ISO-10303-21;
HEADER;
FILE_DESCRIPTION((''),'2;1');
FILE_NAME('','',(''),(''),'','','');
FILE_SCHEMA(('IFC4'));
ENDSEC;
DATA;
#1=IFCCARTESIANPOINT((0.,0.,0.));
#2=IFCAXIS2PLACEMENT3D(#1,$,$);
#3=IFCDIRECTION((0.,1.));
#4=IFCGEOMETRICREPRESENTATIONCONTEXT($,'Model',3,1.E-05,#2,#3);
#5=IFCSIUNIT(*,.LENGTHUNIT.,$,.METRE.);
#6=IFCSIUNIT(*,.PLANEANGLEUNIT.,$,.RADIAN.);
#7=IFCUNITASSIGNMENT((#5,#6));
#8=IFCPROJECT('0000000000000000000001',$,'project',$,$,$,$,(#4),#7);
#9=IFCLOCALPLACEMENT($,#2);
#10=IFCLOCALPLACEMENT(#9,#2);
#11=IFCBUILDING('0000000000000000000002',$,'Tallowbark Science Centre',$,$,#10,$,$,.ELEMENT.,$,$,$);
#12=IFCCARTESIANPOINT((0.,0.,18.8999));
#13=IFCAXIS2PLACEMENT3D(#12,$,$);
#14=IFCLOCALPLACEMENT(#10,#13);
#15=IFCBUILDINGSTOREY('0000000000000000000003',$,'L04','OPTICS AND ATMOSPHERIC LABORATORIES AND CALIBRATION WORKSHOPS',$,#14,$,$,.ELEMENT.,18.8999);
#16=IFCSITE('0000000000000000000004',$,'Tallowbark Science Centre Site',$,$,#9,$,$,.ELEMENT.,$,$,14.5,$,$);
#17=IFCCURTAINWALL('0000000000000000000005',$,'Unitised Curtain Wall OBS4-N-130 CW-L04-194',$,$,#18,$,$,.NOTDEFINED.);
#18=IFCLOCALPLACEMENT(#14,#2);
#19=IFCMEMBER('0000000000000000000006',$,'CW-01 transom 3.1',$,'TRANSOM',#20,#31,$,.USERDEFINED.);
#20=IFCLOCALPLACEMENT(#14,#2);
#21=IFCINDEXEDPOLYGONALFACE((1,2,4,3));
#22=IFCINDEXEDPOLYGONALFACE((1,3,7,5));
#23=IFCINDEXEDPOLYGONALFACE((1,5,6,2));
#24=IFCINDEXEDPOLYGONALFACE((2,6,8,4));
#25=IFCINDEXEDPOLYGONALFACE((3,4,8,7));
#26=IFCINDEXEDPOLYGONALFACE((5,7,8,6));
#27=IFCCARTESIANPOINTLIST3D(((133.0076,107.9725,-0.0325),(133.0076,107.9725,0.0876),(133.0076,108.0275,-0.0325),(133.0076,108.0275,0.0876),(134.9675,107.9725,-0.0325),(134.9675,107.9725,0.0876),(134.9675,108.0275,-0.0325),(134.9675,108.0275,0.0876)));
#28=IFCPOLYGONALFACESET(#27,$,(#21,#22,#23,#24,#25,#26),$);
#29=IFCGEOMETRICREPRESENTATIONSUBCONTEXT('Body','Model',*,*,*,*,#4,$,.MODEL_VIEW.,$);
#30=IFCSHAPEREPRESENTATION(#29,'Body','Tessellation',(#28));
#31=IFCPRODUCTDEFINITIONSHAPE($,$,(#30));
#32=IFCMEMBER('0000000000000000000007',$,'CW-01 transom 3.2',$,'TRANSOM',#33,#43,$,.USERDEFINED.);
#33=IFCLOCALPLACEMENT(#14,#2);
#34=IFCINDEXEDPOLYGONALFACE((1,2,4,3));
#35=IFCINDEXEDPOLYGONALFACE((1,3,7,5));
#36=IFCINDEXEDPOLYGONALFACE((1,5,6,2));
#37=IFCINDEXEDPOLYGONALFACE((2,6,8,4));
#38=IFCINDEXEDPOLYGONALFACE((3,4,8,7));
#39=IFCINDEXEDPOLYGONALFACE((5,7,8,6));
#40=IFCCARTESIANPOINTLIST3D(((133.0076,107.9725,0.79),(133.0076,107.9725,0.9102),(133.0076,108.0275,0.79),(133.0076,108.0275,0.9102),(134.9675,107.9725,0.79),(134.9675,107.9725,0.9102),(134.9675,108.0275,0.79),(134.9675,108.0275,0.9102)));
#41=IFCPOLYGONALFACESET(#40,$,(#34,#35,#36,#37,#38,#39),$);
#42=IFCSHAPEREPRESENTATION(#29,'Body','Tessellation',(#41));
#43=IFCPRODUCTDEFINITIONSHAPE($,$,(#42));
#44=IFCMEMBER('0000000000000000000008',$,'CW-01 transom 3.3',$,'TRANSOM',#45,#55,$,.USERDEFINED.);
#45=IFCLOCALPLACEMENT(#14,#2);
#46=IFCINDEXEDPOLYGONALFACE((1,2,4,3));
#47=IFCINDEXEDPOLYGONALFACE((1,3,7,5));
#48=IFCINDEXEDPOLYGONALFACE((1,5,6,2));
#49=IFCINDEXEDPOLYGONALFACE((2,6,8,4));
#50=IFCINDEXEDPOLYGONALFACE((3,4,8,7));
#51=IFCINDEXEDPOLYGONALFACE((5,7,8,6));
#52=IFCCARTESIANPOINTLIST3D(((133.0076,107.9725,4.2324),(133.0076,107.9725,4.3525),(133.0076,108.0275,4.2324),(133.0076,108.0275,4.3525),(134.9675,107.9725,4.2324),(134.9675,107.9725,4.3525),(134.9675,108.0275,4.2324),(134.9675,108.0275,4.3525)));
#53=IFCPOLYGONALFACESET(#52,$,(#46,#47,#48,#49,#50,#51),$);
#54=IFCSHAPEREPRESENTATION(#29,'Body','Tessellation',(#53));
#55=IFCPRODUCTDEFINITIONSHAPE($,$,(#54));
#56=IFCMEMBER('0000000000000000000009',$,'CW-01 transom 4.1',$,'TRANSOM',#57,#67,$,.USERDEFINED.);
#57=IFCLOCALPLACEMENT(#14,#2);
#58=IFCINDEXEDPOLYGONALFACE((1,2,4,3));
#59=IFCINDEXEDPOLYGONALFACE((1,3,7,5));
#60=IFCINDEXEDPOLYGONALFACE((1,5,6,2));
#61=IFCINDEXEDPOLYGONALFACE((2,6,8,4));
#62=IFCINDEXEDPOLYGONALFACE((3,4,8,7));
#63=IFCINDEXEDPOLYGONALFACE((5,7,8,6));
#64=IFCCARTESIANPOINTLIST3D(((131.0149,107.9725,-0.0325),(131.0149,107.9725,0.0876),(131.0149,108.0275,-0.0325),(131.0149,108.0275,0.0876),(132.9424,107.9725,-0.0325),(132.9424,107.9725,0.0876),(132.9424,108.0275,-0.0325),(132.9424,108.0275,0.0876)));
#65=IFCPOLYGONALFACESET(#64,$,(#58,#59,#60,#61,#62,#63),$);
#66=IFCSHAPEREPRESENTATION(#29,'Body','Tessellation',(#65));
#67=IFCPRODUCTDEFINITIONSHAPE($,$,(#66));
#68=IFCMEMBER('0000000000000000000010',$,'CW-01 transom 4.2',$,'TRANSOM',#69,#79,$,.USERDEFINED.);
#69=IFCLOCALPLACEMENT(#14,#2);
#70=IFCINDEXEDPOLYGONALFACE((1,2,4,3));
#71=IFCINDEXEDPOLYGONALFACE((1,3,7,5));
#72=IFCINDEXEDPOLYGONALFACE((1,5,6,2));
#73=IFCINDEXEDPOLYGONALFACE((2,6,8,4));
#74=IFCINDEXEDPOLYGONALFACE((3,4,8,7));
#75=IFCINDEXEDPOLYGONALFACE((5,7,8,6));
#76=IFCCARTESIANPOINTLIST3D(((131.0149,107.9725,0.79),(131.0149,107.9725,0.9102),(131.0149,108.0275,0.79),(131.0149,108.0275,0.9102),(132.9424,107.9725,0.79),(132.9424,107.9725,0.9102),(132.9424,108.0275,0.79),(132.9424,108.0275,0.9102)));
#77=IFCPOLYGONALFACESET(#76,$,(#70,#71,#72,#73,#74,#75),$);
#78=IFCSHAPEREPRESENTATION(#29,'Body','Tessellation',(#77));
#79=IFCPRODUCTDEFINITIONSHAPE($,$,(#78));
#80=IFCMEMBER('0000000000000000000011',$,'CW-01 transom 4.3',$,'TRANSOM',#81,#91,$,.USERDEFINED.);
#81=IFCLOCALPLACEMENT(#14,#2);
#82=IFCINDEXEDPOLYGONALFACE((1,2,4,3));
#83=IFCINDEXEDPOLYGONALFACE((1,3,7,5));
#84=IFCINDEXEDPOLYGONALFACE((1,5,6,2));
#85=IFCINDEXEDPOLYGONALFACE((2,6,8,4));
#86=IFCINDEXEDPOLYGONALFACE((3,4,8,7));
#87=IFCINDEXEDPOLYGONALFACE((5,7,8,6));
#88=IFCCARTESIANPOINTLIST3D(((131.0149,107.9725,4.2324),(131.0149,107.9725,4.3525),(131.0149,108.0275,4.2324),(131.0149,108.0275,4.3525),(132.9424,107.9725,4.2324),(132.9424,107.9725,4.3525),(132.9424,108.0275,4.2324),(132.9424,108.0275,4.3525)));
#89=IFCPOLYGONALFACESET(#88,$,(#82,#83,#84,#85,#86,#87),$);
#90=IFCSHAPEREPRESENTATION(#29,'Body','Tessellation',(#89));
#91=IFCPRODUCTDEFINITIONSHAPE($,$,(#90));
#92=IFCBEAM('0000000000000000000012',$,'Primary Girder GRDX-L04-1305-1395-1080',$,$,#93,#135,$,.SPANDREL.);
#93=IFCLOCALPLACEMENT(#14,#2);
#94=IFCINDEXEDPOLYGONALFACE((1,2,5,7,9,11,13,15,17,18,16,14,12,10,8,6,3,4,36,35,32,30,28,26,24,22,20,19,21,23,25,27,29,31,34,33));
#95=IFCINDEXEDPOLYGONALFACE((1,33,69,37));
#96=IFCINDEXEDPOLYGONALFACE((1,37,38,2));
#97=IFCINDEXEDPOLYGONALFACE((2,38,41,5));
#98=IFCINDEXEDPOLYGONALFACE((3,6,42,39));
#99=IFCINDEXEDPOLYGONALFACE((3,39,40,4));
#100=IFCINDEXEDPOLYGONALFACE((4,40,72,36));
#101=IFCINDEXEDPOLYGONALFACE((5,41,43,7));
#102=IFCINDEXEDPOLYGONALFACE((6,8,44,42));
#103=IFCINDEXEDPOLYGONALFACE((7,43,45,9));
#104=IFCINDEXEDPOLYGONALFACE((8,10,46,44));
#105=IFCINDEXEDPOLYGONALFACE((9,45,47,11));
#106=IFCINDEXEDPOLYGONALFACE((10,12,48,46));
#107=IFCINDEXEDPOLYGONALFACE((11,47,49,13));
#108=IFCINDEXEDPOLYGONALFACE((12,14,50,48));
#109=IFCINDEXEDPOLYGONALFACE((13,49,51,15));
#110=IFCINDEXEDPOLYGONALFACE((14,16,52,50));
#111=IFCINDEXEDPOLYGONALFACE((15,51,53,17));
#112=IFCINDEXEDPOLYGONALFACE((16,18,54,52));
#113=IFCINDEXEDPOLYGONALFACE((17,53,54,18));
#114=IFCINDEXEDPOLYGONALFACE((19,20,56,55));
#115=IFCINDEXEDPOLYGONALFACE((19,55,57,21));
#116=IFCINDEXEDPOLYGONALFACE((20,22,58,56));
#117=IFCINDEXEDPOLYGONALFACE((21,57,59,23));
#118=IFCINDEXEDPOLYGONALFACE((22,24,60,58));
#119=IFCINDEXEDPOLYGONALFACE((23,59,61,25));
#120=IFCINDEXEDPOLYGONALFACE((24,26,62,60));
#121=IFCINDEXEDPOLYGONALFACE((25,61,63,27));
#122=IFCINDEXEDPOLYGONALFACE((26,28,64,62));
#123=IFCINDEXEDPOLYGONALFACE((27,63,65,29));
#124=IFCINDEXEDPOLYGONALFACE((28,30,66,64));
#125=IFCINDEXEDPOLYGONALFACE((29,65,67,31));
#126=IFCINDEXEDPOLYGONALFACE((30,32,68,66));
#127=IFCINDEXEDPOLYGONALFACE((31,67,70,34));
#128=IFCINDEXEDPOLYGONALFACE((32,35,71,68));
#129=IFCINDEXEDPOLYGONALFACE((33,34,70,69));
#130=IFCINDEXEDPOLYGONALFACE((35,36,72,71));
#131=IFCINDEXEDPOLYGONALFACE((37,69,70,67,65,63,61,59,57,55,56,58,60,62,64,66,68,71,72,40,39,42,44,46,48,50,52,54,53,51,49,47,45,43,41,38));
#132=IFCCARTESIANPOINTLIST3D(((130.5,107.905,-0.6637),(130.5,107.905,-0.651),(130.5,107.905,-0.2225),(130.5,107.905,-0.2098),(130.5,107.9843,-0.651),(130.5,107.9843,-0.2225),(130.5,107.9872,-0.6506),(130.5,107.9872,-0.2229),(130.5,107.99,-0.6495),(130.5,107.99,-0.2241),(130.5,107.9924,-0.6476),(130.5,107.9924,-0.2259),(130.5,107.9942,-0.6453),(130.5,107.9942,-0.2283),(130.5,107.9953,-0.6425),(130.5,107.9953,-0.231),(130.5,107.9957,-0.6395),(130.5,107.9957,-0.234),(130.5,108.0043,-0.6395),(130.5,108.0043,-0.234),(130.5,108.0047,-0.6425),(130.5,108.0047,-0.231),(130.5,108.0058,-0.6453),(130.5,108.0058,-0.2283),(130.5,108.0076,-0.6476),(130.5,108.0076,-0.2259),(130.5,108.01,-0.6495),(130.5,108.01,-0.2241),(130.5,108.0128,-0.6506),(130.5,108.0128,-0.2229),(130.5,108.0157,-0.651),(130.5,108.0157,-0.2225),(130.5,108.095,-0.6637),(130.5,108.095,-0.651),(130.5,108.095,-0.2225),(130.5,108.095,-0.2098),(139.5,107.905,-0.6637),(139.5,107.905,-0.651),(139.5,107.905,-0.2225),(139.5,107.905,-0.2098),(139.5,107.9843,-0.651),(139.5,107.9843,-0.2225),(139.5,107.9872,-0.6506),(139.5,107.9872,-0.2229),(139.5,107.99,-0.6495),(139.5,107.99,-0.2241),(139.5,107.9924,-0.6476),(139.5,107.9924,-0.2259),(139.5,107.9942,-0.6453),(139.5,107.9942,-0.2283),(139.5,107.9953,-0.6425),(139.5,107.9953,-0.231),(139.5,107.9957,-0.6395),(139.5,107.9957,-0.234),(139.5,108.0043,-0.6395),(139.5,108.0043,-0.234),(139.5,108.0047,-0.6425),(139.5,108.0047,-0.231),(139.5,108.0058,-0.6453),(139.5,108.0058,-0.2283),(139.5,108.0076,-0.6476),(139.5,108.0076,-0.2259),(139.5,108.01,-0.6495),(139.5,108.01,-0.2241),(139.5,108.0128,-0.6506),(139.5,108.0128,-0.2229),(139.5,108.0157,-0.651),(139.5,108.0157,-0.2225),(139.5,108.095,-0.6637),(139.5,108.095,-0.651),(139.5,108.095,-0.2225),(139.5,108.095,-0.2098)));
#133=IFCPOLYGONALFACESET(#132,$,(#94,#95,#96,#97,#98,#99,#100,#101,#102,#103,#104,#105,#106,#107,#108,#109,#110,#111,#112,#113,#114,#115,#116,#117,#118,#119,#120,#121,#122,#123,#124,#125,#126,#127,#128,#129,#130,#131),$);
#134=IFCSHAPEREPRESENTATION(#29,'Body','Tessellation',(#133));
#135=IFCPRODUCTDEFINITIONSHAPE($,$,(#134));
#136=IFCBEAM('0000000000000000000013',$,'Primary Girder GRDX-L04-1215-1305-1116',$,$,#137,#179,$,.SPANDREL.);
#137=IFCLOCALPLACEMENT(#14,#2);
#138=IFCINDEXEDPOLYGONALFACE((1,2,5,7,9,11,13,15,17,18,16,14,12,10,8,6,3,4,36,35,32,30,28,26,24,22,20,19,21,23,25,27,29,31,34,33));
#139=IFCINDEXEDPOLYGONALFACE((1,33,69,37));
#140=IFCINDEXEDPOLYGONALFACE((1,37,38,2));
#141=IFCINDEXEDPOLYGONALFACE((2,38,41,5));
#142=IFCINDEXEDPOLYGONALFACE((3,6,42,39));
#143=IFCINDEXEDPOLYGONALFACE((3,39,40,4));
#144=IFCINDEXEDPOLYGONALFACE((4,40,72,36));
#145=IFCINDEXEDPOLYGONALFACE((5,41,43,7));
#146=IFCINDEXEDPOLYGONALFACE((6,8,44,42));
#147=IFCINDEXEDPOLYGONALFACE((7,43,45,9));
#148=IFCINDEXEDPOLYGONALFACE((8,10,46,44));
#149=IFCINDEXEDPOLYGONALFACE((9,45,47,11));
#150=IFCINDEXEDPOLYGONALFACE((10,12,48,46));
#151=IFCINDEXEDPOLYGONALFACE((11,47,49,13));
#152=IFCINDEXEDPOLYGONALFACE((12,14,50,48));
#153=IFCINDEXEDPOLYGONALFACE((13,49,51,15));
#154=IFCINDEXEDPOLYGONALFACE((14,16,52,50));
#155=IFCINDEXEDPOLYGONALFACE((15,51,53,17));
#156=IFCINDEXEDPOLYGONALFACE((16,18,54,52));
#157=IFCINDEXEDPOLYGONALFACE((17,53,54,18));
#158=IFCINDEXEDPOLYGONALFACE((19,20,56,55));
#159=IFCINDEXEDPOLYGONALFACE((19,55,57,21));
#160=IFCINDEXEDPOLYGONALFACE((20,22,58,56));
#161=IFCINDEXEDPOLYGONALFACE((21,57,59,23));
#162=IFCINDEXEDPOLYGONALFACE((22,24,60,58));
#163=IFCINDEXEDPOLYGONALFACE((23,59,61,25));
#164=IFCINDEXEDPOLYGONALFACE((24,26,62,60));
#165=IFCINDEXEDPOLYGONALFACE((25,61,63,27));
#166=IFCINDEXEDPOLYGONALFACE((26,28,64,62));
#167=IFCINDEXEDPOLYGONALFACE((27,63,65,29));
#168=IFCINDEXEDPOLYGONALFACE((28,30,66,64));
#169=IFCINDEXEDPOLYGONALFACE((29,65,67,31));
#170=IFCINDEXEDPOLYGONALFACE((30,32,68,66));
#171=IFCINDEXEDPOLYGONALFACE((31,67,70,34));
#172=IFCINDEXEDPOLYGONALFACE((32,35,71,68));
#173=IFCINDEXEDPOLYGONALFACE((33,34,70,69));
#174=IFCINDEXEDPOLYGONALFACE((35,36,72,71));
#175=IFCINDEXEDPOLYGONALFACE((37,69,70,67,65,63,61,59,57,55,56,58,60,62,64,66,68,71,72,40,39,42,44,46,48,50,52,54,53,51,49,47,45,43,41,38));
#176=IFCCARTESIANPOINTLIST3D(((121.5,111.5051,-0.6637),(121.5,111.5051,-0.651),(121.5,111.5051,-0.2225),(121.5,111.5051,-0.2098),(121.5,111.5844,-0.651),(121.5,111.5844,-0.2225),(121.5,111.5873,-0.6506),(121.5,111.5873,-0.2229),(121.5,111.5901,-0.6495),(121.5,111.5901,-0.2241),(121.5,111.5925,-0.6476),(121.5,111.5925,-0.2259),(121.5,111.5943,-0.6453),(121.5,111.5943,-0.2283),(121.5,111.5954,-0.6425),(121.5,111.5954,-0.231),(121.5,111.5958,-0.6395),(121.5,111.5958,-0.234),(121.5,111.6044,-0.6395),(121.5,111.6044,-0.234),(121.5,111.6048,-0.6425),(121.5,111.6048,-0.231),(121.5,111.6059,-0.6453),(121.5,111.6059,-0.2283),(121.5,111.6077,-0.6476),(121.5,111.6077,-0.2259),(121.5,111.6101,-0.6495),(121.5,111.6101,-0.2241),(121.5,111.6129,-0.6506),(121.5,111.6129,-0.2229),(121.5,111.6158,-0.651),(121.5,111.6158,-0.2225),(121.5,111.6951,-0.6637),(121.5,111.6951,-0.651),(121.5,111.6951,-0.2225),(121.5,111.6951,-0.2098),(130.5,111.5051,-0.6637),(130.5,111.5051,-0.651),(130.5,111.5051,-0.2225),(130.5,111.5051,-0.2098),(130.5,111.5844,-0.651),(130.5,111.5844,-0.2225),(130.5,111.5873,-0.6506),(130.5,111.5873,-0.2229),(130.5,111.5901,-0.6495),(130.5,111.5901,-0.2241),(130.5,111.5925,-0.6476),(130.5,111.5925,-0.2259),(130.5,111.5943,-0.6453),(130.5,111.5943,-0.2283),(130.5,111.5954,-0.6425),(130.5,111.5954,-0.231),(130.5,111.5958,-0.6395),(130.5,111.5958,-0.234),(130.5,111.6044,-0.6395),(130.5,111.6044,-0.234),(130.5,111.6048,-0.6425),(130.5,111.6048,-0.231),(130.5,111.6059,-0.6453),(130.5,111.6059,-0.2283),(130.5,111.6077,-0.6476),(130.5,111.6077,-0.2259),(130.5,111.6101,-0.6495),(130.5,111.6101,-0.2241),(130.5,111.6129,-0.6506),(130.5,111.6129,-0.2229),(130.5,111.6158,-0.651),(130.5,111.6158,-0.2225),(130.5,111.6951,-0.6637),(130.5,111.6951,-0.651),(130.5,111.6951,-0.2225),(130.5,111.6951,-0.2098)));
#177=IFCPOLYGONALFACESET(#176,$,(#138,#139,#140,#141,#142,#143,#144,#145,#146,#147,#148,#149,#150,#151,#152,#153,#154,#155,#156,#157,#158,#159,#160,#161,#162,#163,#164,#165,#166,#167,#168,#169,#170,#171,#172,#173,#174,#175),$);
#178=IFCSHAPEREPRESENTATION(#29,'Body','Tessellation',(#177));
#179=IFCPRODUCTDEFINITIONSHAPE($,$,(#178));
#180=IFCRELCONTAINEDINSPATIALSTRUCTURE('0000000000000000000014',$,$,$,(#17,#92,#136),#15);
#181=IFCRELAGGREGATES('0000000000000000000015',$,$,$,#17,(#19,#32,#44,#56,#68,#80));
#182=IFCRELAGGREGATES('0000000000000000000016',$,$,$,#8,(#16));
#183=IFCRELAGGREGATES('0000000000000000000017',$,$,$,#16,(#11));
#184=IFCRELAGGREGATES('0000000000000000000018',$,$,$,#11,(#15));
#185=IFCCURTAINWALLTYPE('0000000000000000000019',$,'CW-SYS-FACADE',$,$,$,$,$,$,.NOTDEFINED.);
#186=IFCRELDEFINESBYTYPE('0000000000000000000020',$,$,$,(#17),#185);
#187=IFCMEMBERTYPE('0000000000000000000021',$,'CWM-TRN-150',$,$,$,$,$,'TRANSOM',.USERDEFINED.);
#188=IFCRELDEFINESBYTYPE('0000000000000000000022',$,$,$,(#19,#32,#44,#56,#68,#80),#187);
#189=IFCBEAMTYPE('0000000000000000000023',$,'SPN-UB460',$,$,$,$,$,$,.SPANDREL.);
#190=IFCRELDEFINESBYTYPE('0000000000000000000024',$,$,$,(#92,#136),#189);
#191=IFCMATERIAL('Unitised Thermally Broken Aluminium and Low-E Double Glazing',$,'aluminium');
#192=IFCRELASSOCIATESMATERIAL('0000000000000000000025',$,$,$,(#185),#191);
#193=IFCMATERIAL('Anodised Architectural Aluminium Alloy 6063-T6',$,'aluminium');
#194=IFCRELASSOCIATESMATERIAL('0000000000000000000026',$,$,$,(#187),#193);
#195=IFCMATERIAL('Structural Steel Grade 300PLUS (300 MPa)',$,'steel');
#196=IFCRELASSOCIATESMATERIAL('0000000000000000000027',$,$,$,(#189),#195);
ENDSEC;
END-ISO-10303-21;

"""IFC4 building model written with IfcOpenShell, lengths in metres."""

from ifc_helpers import new_model, si_unit, direction, frame, origin, origin_2d, place, context, subcontext, project, spatial, rectangle, i_section, extrude, material, material_profile, profile_set, type_object, element, aggregate, save


model = new_model("IFC4")

# Units and contexts
model_context = context("Model", 3, precision=1e-05, world=origin(), true_north=direction((0.0, 1.0)))
body_context = subcontext(model_context, "Body", "Model", "MODEL_VIEW")
ifc_project = project(units=[si_unit("LENGTHUNIT", "METRE"), si_unit("PLANEANGLEUNIT", "RADIAN")], contexts=[model_context])

# Site, building, storey
site_placement = place(None, origin())
site = spatial("IfcSite", under=ifc_project, at=site_placement, Name="Tallowbark Science Centre Site", CompositionType="ELEMENT", RefElevation=14.5)
building_placement = place(site_placement, origin())
building = spatial("IfcBuilding", under=site, at=building_placement, Name="Tallowbark Science Centre", CompositionType="ELEMENT")
storey_placement = place(building_placement, frame((0.0, 0.0, 18.8999)))
storey = spatial("IfcBuildingStorey", under=building, at=storey_placement, Name="L04", Description="OPTICS AND ATMOSPHERIC LABORATORIES AND CALIBRATION WORKSHOPS", CompositionType="ELEMENT", Elevation=18.8999)

# Shared definitions
ifc_material_1 = material(Name="Structural Steel Grade 300PLUS (300 MPa)", Category="steel")

# Curtain wall, members
ifc_material_2 = material(Name="Unitised Thermally Broken Aluminium and Low-E Double Glazing", Category="aluminium")
curtain_wall_type = type_object("IfcCurtainWallType", Name="CW-SYS-FACADE", PredefinedType="NOTDEFINED", material=ifc_material_2)
curtain_wall_placement = place(storey_placement, origin())
curtain_wall = element("IfcCurtainWall", 1, at=curtain_wall_placement, inside=storey, type_object=curtain_wall_type, Name="Unitised Curtain Wall OBS4-N-130 CW-L04-194", PredefinedType="NOTDEFINED")
ifc_material_3 = material(Name="Anodised Architectural Aluminium Alloy 6063-T6", Category="aluminium")
ifc_material_profile_1 = material_profile(ifc_material_3, rectangle(XDim=0.0549, YDim=0.1201, at=origin_2d()), Name="ALU55x120")
ifc_profile_set_1 = profile_set([ifc_material_profile_1], Name="Anodised Architectural Aluminium Alloy 6063-T6")
member_type_1 = type_object("IfcMemberType", Name="CWM-TRN-150", ElementType="TRANSOM", PredefinedType="USERDEFINED", material=ifc_profile_set_1)
member_1_placement = place(storey_placement, frame((134.9675, 108.0, 0.0276), z_axis=(-1.0, 0.0, 0.0), x_axis=(0.0, -1.0, 0.0)))
member_1 = element("IfcMember", 2, at=member_1_placement, type_object=member_type_1, Name="CW-01 transom 3.1", ObjectType="TRANSOM", PredefinedType="USERDEFINED", context=body_context, shape_type="SweptSolid", body=[
    extrude(rectangle(XDim=0.0549, YDim=0.1201, at=origin_2d()), origin(), (0.0, 0.0, 1.0), 1.96),
])
member_2_placement = place(storey_placement, frame((134.9675, 108.0, 0.8501), z_axis=(-1.0, 0.0, 0.0), x_axis=(0.0, -1.0, 0.0)))
member_2 = element("IfcMember", 3, at=member_2_placement, type_object=member_type_1, Name="CW-01 transom 3.2", ObjectType="TRANSOM", PredefinedType="USERDEFINED", context=body_context, shape_type="SweptSolid", body=[
    extrude(rectangle(XDim=0.0549, YDim=0.1201, at=origin_2d()), origin(), (0.0, 0.0, 1.0), 1.96),
])
member_3_placement = place(storey_placement, frame((134.9675, 108.0, 4.2925), z_axis=(-1.0, 0.0, 0.0), x_axis=(0.0, -1.0, 0.0)))
member_3 = element("IfcMember", 4, at=member_3_placement, type_object=member_type_1, Name="CW-01 transom 3.3", ObjectType="TRANSOM", PredefinedType="USERDEFINED", context=body_context, shape_type="SweptSolid", body=[
    extrude(rectangle(XDim=0.0549, YDim=0.1201, at=origin_2d()), origin(), (0.0, 0.0, 1.0), 1.96),
])
member_4_placement = place(storey_placement, frame((132.9424, 108.0, 0.0276), z_axis=(-1.0, 0.0, 0.0), x_axis=(0.0, -1.0, 0.0)))
member_4 = element("IfcMember", 5, at=member_4_placement, type_object=member_type_1, Name="CW-01 transom 4.1", ObjectType="TRANSOM", PredefinedType="USERDEFINED", context=body_context, shape_type="SweptSolid", body=[
    extrude(rectangle(XDim=0.0549, YDim=0.1201, at=origin_2d()), origin(), (0.0, 0.0, 1.0), 1.9275),
])
member_5_placement = place(storey_placement, frame((132.9424, 108.0, 0.8501), z_axis=(-1.0, 0.0, 0.0), x_axis=(0.0, -1.0, 0.0)))
member_5 = element("IfcMember", 6, at=member_5_placement, type_object=member_type_1, Name="CW-01 transom 4.2", ObjectType="TRANSOM", PredefinedType="USERDEFINED", context=body_context, shape_type="SweptSolid", body=[
    extrude(rectangle(XDim=0.0549, YDim=0.1201, at=origin_2d()), origin(), (0.0, 0.0, 1.0), 1.9275),
])
member_6_placement = place(storey_placement, frame((132.9424, 108.0, 4.2925), z_axis=(-1.0, 0.0, 0.0), x_axis=(0.0, -1.0, 0.0)))
member_6 = element("IfcMember", 7, at=member_6_placement, type_object=member_type_1, Name="CW-01 transom 4.3", ObjectType="TRANSOM", PredefinedType="USERDEFINED", context=body_context, shape_type="SweptSolid", body=[
    extrude(rectangle(XDim=0.0549, YDim=0.1201, at=origin_2d()), origin(), (0.0, 0.0, 1.0), 1.9275),
])

# Beams
ifc_material_profile_2 = material_profile(ifc_material_1, i_section(OverallWidth=0.1899, OverallDepth=0.4539, WebThickness=0.0085, FlangeThickness=0.0127, FilletRadius=0.0115, at=origin_2d()), Name="460UB67.1")
ifc_profile_set_2 = profile_set([ifc_material_profile_2], Name="Structural Steel Grade 300PLUS (300 MPa)")
beam_type_1 = type_object("IfcBeamType", Name="SPN-UB460", PredefinedType="SPANDREL", material=ifc_profile_set_2)
for number, where, z_axis, x_axis, name in (
    (8, (130.5, 108.0, -0.4368), (1.0, 0.0, 0.0), (0.0, 1.0, 0.0), "Primary Girder GRDX-L04-1305-1395-1080"),
    (9, (121.5, 111.6001, -0.4368), (1.0, 0.0, 0.0), (0.0, 1.0, 0.0), "Primary Girder GRDX-L04-1215-1305-1116"),
):
    element("IfcBeam", number, at=place(storey_placement, frame(where, z_axis=z_axis, x_axis=x_axis)), inside=storey, type_object=beam_type_1, Name=name, PredefinedType="SPANDREL", context=body_context, shape_type="SweptSolid", body=[
        extrude(i_section(OverallWidth=0.1899, OverallDepth=0.4539, WebThickness=0.0085, FlangeThickness=0.0127, FilletRadius=0.0115, at=origin_2d()), origin(), (0.0, 0.0, 1.0), 9.0),
    ])

aggregate(curtain_wall, [member_1, member_2, member_3, member_4, member_5, member_6])

save(model, "model.ifc")
